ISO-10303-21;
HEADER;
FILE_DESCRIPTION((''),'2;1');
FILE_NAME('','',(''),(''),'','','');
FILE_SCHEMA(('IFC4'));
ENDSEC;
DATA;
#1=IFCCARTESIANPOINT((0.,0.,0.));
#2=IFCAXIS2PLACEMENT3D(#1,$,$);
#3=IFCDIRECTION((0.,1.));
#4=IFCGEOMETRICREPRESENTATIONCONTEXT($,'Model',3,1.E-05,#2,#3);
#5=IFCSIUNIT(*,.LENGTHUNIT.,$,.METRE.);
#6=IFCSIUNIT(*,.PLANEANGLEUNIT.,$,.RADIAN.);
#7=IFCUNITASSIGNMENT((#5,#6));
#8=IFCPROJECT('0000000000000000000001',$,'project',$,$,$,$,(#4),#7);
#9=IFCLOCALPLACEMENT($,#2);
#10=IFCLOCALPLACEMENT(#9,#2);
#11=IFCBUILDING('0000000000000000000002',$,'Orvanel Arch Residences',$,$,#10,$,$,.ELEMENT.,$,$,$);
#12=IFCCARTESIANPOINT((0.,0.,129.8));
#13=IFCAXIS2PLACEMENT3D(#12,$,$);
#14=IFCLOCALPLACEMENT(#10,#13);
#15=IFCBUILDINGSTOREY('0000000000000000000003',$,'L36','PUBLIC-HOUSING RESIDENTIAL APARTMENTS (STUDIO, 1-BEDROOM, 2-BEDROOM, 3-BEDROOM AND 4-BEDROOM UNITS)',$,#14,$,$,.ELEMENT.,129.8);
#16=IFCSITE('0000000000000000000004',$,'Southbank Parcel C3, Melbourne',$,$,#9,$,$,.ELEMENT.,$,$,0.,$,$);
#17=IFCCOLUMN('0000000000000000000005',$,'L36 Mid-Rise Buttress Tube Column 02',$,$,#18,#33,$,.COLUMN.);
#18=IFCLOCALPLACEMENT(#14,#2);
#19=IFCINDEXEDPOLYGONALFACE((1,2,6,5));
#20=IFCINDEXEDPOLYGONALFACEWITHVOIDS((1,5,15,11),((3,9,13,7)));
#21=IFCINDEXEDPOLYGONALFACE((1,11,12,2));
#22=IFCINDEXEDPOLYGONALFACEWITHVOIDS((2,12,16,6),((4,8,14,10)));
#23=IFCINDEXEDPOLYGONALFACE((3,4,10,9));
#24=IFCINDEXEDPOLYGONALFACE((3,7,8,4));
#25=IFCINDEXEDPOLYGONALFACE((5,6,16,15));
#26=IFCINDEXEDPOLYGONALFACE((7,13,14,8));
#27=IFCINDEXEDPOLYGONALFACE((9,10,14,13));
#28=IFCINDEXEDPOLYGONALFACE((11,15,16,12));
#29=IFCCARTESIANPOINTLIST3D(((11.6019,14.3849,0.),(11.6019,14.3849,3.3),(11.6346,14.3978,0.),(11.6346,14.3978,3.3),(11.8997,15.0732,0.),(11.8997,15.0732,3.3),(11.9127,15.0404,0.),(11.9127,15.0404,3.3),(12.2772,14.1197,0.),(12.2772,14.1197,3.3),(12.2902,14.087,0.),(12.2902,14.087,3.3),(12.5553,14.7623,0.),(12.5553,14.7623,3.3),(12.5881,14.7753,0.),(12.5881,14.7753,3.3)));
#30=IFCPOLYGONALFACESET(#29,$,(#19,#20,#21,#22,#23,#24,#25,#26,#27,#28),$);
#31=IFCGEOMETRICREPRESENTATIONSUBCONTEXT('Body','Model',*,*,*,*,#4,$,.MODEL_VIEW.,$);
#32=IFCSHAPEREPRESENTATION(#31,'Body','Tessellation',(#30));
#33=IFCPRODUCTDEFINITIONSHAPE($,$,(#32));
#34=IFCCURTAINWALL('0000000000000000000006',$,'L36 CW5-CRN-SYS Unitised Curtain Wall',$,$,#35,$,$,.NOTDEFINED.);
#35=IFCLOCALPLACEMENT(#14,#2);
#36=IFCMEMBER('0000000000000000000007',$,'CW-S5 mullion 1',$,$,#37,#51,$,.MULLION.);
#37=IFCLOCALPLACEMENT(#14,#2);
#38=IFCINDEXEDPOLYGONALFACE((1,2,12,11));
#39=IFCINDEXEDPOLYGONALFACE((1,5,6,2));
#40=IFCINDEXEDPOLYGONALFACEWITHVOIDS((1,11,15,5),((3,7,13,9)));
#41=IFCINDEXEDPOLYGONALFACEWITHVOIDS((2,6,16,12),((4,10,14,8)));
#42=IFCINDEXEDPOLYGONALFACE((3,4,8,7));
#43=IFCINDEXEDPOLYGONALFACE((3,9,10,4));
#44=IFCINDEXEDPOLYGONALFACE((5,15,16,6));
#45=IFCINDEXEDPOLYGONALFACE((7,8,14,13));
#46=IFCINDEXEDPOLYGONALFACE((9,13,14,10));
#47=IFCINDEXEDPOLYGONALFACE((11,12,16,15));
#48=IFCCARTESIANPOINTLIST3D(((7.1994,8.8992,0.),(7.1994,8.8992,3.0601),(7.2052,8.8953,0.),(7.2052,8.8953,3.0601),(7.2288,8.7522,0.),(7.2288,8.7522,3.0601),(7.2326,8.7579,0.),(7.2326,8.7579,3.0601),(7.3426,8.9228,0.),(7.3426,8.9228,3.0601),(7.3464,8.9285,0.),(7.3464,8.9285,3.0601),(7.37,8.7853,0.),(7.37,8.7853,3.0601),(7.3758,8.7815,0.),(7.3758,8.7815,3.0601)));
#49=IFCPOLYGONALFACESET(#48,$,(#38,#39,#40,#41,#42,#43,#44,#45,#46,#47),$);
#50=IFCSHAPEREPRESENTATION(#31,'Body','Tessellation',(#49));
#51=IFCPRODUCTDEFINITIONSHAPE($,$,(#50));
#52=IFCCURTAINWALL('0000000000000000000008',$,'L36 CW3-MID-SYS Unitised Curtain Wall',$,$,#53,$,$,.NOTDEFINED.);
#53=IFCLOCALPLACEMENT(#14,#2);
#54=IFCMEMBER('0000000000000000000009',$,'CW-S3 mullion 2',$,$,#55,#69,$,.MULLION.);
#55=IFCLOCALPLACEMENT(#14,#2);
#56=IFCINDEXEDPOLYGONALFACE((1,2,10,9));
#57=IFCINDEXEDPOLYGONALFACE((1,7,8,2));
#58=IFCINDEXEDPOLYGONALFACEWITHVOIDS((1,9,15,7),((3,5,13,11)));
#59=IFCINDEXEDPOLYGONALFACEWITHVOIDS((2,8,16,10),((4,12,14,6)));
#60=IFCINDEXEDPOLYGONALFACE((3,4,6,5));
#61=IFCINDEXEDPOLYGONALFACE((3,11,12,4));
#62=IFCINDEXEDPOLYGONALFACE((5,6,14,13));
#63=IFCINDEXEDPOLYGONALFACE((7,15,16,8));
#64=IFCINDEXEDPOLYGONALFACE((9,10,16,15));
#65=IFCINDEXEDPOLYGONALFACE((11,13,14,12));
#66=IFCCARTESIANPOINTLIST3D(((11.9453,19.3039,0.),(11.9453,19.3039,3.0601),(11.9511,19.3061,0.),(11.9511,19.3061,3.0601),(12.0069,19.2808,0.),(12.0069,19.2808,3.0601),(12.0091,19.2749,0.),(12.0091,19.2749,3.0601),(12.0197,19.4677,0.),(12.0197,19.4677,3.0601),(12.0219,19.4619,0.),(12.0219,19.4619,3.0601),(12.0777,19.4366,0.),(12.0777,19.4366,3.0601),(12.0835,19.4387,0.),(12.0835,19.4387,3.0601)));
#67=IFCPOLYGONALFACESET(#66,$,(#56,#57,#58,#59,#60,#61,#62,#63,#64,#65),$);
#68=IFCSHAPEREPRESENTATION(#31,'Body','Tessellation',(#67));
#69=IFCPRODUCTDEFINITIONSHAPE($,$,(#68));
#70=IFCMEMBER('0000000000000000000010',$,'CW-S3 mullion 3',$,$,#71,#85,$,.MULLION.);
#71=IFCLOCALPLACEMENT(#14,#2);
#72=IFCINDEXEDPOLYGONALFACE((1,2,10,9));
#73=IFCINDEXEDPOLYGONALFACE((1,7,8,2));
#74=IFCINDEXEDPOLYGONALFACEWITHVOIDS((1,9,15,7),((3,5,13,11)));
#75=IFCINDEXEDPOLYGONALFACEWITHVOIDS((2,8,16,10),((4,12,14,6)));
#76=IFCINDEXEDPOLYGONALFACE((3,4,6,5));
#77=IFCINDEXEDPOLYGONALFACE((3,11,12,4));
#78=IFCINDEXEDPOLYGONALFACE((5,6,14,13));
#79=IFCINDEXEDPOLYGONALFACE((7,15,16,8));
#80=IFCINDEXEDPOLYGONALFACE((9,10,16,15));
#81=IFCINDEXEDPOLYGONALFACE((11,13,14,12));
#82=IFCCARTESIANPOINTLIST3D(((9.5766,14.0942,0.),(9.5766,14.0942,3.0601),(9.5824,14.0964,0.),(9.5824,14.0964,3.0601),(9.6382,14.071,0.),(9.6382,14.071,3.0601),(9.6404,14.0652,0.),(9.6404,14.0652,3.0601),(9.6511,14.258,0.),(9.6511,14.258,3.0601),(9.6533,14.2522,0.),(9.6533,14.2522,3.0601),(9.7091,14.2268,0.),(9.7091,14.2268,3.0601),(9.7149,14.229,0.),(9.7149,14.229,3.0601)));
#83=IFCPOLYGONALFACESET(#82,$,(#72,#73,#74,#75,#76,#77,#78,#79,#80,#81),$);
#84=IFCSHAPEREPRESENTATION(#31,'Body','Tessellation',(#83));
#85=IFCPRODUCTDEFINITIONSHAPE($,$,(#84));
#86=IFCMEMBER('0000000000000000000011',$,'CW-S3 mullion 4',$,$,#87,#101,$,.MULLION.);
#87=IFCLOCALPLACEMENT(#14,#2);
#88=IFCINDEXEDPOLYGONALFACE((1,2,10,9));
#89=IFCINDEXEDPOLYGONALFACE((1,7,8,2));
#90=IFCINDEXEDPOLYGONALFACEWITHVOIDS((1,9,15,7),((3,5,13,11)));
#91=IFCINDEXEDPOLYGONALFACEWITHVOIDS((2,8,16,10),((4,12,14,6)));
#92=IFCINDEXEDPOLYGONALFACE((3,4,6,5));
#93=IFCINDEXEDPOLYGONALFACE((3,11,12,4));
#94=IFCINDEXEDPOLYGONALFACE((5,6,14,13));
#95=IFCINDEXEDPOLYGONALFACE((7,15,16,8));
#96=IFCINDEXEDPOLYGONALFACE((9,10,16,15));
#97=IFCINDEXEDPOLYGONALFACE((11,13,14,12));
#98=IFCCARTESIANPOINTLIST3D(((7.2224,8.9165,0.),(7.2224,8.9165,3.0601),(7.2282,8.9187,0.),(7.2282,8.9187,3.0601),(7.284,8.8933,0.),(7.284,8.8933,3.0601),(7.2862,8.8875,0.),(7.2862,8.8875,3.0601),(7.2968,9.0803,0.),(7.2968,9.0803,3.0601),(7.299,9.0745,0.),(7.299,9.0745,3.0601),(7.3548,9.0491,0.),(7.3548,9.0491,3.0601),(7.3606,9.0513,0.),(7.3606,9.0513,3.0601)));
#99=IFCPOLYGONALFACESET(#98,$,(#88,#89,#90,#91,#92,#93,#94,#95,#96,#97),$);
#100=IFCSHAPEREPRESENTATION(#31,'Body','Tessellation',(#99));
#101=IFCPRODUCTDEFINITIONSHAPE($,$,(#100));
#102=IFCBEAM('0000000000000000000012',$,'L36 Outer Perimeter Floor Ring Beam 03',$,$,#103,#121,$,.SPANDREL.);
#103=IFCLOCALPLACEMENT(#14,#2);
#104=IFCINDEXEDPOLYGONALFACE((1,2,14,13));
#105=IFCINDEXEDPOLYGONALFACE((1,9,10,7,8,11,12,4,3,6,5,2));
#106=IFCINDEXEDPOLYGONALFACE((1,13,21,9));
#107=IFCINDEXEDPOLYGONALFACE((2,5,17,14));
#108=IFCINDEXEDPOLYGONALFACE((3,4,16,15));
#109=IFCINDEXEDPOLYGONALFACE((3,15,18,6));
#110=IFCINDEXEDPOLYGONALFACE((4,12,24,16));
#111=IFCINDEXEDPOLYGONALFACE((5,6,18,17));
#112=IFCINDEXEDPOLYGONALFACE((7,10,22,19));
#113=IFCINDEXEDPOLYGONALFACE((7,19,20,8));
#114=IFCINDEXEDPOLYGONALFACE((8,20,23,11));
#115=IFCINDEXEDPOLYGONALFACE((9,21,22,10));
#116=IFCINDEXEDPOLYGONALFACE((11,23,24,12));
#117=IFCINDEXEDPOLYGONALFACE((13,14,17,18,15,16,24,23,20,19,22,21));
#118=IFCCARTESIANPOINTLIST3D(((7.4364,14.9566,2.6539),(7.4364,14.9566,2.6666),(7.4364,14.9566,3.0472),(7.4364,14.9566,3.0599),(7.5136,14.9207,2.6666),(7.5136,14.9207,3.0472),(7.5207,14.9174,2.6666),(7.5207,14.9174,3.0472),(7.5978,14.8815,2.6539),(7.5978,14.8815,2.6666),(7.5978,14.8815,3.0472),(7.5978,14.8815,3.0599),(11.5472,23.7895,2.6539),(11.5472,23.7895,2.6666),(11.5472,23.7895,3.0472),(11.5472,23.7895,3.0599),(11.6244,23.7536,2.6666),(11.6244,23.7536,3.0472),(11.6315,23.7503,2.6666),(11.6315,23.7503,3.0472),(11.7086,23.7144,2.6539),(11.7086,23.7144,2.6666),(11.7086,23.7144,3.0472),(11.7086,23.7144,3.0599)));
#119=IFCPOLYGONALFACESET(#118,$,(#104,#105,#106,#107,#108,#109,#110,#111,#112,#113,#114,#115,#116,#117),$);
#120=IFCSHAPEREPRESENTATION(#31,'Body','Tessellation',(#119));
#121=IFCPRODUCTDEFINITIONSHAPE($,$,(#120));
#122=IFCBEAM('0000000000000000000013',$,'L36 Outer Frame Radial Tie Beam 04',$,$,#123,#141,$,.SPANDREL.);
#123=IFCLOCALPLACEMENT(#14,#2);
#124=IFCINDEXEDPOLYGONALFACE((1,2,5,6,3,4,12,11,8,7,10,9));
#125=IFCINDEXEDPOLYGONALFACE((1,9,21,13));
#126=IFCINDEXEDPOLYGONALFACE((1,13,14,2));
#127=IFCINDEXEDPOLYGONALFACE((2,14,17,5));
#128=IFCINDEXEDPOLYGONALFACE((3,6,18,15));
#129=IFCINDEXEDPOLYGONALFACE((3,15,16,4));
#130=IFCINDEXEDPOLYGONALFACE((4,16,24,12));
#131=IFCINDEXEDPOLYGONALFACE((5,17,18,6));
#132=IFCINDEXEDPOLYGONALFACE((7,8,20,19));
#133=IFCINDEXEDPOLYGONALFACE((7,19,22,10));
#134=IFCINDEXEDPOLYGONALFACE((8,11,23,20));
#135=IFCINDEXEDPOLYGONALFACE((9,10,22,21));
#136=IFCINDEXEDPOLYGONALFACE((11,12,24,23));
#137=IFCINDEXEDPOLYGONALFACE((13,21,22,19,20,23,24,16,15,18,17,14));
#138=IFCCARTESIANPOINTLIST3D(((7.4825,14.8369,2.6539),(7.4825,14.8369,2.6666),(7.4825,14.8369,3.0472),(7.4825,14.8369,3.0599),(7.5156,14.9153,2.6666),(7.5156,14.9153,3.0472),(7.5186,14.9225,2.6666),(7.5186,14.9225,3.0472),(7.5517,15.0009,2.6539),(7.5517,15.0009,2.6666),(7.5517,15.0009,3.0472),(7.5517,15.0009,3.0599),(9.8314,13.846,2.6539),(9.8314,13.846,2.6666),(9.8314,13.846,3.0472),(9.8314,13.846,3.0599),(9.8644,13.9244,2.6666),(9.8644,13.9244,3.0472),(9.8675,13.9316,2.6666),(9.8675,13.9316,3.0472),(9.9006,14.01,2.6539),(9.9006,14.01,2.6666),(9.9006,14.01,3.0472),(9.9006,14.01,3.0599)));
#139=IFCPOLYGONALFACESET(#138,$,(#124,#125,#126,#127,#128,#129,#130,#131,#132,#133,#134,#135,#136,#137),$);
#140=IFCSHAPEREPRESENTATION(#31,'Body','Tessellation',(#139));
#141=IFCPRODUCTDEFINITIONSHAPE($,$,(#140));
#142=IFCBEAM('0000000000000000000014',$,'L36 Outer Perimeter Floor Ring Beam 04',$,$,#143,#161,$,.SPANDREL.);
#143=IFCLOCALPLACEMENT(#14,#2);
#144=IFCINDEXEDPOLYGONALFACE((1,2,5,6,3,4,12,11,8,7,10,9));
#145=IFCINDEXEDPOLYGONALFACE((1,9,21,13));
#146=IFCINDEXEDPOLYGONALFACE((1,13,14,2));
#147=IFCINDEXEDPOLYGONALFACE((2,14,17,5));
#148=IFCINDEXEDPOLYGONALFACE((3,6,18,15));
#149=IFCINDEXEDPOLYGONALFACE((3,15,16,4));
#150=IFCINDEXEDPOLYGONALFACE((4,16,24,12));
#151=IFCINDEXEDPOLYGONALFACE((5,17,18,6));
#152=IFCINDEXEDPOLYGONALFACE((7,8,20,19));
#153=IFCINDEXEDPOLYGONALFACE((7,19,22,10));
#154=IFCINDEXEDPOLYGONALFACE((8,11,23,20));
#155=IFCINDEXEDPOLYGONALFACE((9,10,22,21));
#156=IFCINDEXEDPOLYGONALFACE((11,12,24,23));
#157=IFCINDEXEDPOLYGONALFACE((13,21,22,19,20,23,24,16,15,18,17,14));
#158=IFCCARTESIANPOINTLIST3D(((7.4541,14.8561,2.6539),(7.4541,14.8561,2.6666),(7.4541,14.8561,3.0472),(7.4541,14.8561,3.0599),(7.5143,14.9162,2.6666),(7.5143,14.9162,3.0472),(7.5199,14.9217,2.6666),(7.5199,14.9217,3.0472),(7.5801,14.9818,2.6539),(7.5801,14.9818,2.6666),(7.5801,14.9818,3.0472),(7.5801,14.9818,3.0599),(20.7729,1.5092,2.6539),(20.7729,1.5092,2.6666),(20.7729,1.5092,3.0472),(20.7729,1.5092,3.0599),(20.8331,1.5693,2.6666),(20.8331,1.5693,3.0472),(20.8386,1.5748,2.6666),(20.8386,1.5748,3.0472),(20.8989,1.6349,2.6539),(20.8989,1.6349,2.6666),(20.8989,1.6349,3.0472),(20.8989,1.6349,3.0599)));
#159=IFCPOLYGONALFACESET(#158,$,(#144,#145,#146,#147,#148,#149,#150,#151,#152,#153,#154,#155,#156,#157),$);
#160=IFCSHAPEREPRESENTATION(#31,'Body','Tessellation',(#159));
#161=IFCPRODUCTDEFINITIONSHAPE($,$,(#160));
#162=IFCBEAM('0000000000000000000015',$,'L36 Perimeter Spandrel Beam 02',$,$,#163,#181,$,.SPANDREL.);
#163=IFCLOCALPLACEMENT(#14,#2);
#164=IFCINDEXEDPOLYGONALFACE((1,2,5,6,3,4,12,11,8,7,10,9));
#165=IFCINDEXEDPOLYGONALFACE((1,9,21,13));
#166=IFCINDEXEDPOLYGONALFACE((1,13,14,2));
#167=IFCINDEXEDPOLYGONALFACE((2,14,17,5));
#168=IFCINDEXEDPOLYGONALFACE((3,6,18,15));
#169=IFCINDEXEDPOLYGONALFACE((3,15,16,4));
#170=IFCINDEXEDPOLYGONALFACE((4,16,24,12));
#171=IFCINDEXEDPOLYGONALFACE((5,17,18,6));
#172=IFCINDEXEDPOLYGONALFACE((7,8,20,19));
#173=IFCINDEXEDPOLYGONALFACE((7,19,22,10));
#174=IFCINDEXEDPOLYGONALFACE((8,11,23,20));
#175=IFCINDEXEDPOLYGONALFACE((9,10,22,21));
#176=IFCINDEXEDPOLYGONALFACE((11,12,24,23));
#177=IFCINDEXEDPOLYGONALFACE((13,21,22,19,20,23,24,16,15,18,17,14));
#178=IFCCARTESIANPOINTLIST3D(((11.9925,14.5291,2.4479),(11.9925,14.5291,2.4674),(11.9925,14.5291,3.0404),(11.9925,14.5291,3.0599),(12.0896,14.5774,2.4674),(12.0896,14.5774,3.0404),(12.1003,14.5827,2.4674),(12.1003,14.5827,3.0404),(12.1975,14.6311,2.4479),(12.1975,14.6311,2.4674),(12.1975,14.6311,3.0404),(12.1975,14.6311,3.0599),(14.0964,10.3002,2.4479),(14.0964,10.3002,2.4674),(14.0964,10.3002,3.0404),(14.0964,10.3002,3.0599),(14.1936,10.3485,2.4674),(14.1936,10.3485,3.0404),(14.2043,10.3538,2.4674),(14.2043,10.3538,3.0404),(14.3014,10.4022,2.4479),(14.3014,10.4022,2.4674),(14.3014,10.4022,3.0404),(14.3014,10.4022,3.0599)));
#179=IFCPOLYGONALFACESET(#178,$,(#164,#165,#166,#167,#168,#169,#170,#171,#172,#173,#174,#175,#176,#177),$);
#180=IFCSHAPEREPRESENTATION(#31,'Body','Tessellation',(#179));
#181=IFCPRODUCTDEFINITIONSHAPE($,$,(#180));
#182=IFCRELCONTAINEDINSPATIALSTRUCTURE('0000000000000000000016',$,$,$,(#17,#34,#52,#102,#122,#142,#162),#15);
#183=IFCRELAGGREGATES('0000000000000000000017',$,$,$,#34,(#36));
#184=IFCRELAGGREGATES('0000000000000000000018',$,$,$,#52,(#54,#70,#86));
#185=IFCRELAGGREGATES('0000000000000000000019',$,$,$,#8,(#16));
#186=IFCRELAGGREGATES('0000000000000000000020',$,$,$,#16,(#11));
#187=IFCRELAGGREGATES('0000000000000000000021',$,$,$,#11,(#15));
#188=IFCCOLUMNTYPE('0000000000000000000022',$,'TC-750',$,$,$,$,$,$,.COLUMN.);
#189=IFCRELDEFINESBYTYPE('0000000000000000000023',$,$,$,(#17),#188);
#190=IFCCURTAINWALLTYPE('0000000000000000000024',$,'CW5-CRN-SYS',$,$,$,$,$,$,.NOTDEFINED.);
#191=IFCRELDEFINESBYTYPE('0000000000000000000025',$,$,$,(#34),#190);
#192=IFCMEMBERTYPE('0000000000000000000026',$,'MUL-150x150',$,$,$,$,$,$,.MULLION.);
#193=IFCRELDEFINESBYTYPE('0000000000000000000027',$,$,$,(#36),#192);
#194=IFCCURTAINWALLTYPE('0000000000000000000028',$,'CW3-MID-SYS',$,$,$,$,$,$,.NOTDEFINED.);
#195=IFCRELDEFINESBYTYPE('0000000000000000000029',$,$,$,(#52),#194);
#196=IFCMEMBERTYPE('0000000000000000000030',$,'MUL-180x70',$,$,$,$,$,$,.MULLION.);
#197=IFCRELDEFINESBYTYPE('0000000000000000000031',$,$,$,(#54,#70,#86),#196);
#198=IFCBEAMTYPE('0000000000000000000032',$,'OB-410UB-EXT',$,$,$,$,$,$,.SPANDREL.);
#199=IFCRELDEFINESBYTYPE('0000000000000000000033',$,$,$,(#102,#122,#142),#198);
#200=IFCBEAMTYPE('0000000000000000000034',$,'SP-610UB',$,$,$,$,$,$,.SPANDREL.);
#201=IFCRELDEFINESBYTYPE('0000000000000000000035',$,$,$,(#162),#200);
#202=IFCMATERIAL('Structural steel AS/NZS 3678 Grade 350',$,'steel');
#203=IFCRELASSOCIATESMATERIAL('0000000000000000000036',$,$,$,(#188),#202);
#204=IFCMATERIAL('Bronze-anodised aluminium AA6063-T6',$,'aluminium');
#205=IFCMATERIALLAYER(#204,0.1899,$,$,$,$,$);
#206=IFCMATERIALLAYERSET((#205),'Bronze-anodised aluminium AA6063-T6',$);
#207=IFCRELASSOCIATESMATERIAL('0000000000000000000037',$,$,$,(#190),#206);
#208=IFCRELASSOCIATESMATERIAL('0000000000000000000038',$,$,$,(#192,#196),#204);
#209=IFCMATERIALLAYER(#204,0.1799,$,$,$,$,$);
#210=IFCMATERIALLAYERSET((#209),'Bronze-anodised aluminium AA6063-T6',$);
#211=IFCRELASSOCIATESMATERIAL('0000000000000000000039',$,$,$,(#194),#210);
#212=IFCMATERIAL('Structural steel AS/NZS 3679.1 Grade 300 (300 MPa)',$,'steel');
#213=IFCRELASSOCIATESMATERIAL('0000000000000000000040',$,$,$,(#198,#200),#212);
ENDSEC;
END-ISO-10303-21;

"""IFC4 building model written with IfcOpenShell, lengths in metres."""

from ifc_helpers import new_model, si_unit, direction, frame, origin, origin_2d, place, context, subcontext, project, spatial, hollow_rectangle, i_section, extrude, material, layer, layer_set, material_profile, profile_set, type_object, element, aggregate, save


model = new_model("IFC4")

# Units and contexts
model_context = context("Model", 3, precision=1e-05, world=origin(), true_north=direction((0.0, 1.0)))
body_context = subcontext(model_context, "Body", "Model", "MODEL_VIEW")
ifc_project = project(units=[si_unit("LENGTHUNIT", "METRE"), si_unit("PLANEANGLEUNIT", "RADIAN")], contexts=[model_context])

# Site, building, storey
site_placement = place(None, origin())
site = spatial("IfcSite", under=ifc_project, at=site_placement, Name="Southbank Parcel C3, Melbourne", CompositionType="ELEMENT", RefElevation=0.0)
building_placement = place(site_placement, origin())
building = spatial("IfcBuilding", under=site, at=building_placement, Name="Orvanel Arch Residences", CompositionType="ELEMENT")
storey_placement = place(building_placement, frame((0.0, 0.0, 129.8)))
storey = spatial("IfcBuildingStorey", under=building, at=storey_placement, Name="L36", Description="PUBLIC-HOUSING RESIDENTIAL APARTMENTS (STUDIO, 1-BEDROOM, 2-BEDROOM, 3-BEDROOM AND 4-BEDROOM UNITS)", CompositionType="ELEMENT", Elevation=129.8)

# Column
ifc_material_1 = material(Name="Structural steel AS/NZS 3678 Grade 350", Category="steel")
ifc_material_profile_1 = material_profile(ifc_material_1, hollow_rectangle(XDim=0.75, YDim=0.75, WallThickness=0.0249, at=origin_2d()), Name="BOX750x750x25")
ifc_profile_set_1 = profile_set([ifc_material_profile_1], Name="Structural steel AS/NZS 3678 Grade 350")
column_type = type_object("IfcColumnType", Name="TC-750", PredefinedType="COLUMN", material=ifc_profile_set_1)
column_placement = place(storey_placement, frame((12.095, 14.5801, 0.0), z_axis=(0.0, 0.0, 1.0), x_axis=(0.397148, 0.917755, 0.0)))
element("IfcColumn", 1, at=column_placement, inside=storey, type_object=column_type, Name="L36 Mid-Rise Buttress Tube Column 02", PredefinedType="COLUMN", context=body_context, shape_type="SweptSolid", body=[
    extrude(hollow_rectangle(XDim=0.75, YDim=0.75, WallThickness=0.0249, at=origin_2d()), origin(), (0.0, 0.0, 1.0), 3.3),
])

# Curtain wall, member
ifc_material_2 = material(Name="Bronze-anodised aluminium AA6063-T6", Category="aluminium")
ifc_layer_1 = layer(ifc_material_2, 0.1899)
ifc_layer_set_1 = layer_set([ifc_layer_1], Name="Bronze-anodised aluminium AA6063-T6")
curtain_wall_type_1 = type_object("IfcCurtainWallType", Name="CW5-CRN-SYS", PredefinedType="NOTDEFINED", material=ifc_layer_set_1)
curtain_wall_1_placement = place(storey_placement, origin())
curtain_wall_1 = element("IfcCurtainWall", 2, at=curtain_wall_1_placement, inside=storey, type_object=curtain_wall_type_1, Name="L36 CW5-CRN-SYS Unitised Curtain Wall", PredefinedType="NOTDEFINED")
ifc_material_profile_2 = material_profile(ifc_material_2, hollow_rectangle(XDim=0.1499, YDim=0.1499, WallThickness=0.0049, at=origin_2d()), Name="ALU150x150x5")
ifc_profile_set_2 = profile_set([ifc_material_profile_2], Name="Bronze-anodised aluminium AA6063-T6")
member_type_1 = type_object("IfcMemberType", Name="MUL-150x150", PredefinedType="MULLION", material=ifc_profile_set_2)
member_1_placement = place(storey_placement, frame((7.2876, 8.8403, 0.0), z_axis=(0.0, 0.0, 1.0), x_axis=(0.980644, 0.195798, 0.0)))
member_1 = element("IfcMember", 3, at=member_1_placement, type_object=member_type_1, Name="CW-S5 mullion 1", PredefinedType="MULLION", context=body_context, shape_type="SweptSolid", body=[
    extrude(hollow_rectangle(XDim=0.1499, YDim=0.1499, WallThickness=0.0049, at=origin_2d()), origin(), (0.0, 0.0, 1.0), 3.0601),
])
aggregate(curtain_wall_1, [member_1])

# Curtain wall, members
ifc_layer_2 = layer(ifc_material_2, 0.1799)
ifc_layer_set_2 = layer_set([ifc_layer_2], Name="Bronze-anodised aluminium AA6063-T6")
curtain_wall_type_2 = type_object("IfcCurtainWallType", Name="CW3-MID-SYS", PredefinedType="NOTDEFINED", material=ifc_layer_set_2)
curtain_wall_2_placement = place(storey_placement, origin())
curtain_wall_2 = element("IfcCurtainWall", 4, at=curtain_wall_2_placement, inside=storey, type_object=curtain_wall_type_2, Name="L36 CW3-MID-SYS Unitised Curtain Wall", PredefinedType="NOTDEFINED")
ifc_material_profile_3 = material_profile(ifc_material_2, hollow_rectangle(XDim=0.0701, YDim=0.1799, WallThickness=0.0044, at=origin_2d()), Name="ALU180x70x4.5")
ifc_profile_set_3 = profile_set([ifc_material_profile_3], Name="Bronze-anodised aluminium AA6063-T6")
member_type_2 = type_object("IfcMemberType", Name="MUL-180x70", PredefinedType="MULLION", material=ifc_profile_set_3)
member_2_placement = place(storey_placement, frame((12.0144, 19.3713, 0.0), z_axis=(0.0, 0.0, 1.0), x_axis=(0.910325, -0.413895, 0.0)))
member_2 = element("IfcMember", 5, at=member_2_placement, type_object=member_type_2, Name="CW-S3 mullion 2", PredefinedType="MULLION", context=body_context, shape_type="SweptSolid", body=[
    extrude(hollow_rectangle(XDim=0.0701, YDim=0.1799, WallThickness=0.0044, at=origin_2d()), origin(), (0.0, 0.0, 1.0), 3.0601),
])
member_3_placement = place(storey_placement, frame((9.6458, 14.1616, 0.0), z_axis=(0.0, 0.0, 1.0), x_axis=(0.910325, -0.413895, 0.0)))
member_3 = element("IfcMember", 6, at=member_3_placement, type_object=member_type_2, Name="CW-S3 mullion 3", PredefinedType="MULLION", context=body_context, shape_type="SweptSolid", body=[
    extrude(hollow_rectangle(XDim=0.0701, YDim=0.1799, WallThickness=0.0044, at=origin_2d()), origin(), (0.0, 0.0, 1.0), 3.0601),
])
member_4_placement = place(storey_placement, frame((7.2915, 8.9839, 0.0), z_axis=(0.0, 0.0, 1.0), x_axis=(0.910325, -0.413895, 0.0)))
member_4 = element("IfcMember", 7, at=member_4_placement, type_object=member_type_2, Name="CW-S3 mullion 4", PredefinedType="MULLION", context=body_context, shape_type="SweptSolid", body=[
    extrude(hollow_rectangle(XDim=0.0701, YDim=0.1799, WallThickness=0.0044, at=origin_2d()), origin(), (0.0, 0.0, 1.0), 3.0601),
])

# Beams
ifc_material_3 = material(Name="Structural steel AS/NZS 3679.1 Grade 300 (300 MPa)", Category="steel")
ifc_material_profile_4 = material_profile(ifc_material_3, i_section(OverallWidth=0.178, OverallDepth=0.406, WebThickness=0.0078, FlangeThickness=0.0127, at=origin_2d()), Name="410UB59.7")
ifc_profile_set_4 = profile_set([ifc_material_profile_4], Name="Structural steel AS/NZS 3679.1 Grade 300 (300 MPa)")
beam_type_1 = type_object("IfcBeamType", Name="OB-410UB-EXT", PredefinedType="SPANDREL", material=ifc_profile_set_4)
beam_1_placement = place(storey_placement, frame((11.6279, 23.752, 2.8569), z_axis=(-0.421939, -0.906624, 0.0), x_axis=(0.906624, -0.421939, 0.0)))
element("IfcBeam", 8, at=beam_1_placement, inside=storey, type_object=beam_type_1, Name="L36 Outer Perimeter Floor Ring Beam 03", PredefinedType="SPANDREL", context=body_context, shape_type="SweptSolid", body=[
    extrude(i_section(OverallWidth=0.178, OverallDepth=0.406, WebThickness=0.0078, FlangeThickness=0.0127, at=origin_2d()), origin(), (0.0, 0.0, 1.0), 9.7427),
])
beam_2_placement = place(storey_placement, frame((9.866, 13.928, 2.8569), z_axis=(-0.921359, 0.388712, 0.0), x_axis=(-0.388712, -0.921359, 0.0)))
element("IfcBeam", 9, at=beam_2_placement, inside=storey, type_object=beam_type_1, Name="L36 Outer Frame Radial Tie Beam 04", PredefinedType="SPANDREL", context=body_context, shape_type="SweptSolid", body=[
    extrude(i_section(OverallWidth=0.178, OverallDepth=0.406, WebThickness=0.0078, FlangeThickness=0.0127, at=origin_2d()), origin(), (0.0, 0.0, 1.0), 2.5493),
])
beam_3_placement = place(storey_placement, frame((7.5171, 14.9189, 2.8569), z_axis=(0.706362, -0.707851, 0.0), x_axis=(0.707851, 0.706362, 0.0)))
element("IfcBeam", 10, at=beam_3_placement, inside=storey, type_object=beam_type_1, Name="L36 Outer Perimeter Floor Ring Beam 04", PredefinedType="SPANDREL", context=body_context, shape_type="SweptSolid", body=[
    extrude(i_section(OverallWidth=0.178, OverallDepth=0.406, WebThickness=0.0078, FlangeThickness=0.0127, at=origin_2d()), origin(), (0.0, 0.0, 1.0), 18.8555),
])
ifc_material_profile_5 = material_profile(ifc_material_3, i_section(OverallWidth=0.229, OverallDepth=0.6121, WebThickness=0.012, FlangeThickness=0.0195, at=origin_2d()), Name="610UB125")
ifc_profile_set_5 = profile_set([ifc_material_profile_5], Name="Structural steel AS/NZS 3679.1 Grade 300 (300 MPa)")
beam_type_2 = type_object("IfcBeamType", Name="SP-610UB", PredefinedType="SPANDREL", material=ifc_profile_set_5)
beam_4_placement = place(storey_placement, frame((12.095, 14.5801, 2.7539), z_axis=(0.445435, -0.895314, 0.0), x_axis=(0.895314, 0.445435, 0.0)))
element("IfcBeam", 11, at=beam_4_placement, inside=storey, type_object=beam_type_2, Name="L36 Perimeter Spandrel Beam 02", PredefinedType="SPANDREL", context=body_context, shape_type="SweptSolid", body=[
    extrude(i_section(OverallWidth=0.229, OverallDepth=0.6121, WebThickness=0.012, FlangeThickness=0.0195, at=origin_2d()), origin(), (0.0, 0.0, 1.0), 4.7234),
])

aggregate(curtain_wall_2, [member_2, member_3, member_4])

save(model, "model.ifc")
